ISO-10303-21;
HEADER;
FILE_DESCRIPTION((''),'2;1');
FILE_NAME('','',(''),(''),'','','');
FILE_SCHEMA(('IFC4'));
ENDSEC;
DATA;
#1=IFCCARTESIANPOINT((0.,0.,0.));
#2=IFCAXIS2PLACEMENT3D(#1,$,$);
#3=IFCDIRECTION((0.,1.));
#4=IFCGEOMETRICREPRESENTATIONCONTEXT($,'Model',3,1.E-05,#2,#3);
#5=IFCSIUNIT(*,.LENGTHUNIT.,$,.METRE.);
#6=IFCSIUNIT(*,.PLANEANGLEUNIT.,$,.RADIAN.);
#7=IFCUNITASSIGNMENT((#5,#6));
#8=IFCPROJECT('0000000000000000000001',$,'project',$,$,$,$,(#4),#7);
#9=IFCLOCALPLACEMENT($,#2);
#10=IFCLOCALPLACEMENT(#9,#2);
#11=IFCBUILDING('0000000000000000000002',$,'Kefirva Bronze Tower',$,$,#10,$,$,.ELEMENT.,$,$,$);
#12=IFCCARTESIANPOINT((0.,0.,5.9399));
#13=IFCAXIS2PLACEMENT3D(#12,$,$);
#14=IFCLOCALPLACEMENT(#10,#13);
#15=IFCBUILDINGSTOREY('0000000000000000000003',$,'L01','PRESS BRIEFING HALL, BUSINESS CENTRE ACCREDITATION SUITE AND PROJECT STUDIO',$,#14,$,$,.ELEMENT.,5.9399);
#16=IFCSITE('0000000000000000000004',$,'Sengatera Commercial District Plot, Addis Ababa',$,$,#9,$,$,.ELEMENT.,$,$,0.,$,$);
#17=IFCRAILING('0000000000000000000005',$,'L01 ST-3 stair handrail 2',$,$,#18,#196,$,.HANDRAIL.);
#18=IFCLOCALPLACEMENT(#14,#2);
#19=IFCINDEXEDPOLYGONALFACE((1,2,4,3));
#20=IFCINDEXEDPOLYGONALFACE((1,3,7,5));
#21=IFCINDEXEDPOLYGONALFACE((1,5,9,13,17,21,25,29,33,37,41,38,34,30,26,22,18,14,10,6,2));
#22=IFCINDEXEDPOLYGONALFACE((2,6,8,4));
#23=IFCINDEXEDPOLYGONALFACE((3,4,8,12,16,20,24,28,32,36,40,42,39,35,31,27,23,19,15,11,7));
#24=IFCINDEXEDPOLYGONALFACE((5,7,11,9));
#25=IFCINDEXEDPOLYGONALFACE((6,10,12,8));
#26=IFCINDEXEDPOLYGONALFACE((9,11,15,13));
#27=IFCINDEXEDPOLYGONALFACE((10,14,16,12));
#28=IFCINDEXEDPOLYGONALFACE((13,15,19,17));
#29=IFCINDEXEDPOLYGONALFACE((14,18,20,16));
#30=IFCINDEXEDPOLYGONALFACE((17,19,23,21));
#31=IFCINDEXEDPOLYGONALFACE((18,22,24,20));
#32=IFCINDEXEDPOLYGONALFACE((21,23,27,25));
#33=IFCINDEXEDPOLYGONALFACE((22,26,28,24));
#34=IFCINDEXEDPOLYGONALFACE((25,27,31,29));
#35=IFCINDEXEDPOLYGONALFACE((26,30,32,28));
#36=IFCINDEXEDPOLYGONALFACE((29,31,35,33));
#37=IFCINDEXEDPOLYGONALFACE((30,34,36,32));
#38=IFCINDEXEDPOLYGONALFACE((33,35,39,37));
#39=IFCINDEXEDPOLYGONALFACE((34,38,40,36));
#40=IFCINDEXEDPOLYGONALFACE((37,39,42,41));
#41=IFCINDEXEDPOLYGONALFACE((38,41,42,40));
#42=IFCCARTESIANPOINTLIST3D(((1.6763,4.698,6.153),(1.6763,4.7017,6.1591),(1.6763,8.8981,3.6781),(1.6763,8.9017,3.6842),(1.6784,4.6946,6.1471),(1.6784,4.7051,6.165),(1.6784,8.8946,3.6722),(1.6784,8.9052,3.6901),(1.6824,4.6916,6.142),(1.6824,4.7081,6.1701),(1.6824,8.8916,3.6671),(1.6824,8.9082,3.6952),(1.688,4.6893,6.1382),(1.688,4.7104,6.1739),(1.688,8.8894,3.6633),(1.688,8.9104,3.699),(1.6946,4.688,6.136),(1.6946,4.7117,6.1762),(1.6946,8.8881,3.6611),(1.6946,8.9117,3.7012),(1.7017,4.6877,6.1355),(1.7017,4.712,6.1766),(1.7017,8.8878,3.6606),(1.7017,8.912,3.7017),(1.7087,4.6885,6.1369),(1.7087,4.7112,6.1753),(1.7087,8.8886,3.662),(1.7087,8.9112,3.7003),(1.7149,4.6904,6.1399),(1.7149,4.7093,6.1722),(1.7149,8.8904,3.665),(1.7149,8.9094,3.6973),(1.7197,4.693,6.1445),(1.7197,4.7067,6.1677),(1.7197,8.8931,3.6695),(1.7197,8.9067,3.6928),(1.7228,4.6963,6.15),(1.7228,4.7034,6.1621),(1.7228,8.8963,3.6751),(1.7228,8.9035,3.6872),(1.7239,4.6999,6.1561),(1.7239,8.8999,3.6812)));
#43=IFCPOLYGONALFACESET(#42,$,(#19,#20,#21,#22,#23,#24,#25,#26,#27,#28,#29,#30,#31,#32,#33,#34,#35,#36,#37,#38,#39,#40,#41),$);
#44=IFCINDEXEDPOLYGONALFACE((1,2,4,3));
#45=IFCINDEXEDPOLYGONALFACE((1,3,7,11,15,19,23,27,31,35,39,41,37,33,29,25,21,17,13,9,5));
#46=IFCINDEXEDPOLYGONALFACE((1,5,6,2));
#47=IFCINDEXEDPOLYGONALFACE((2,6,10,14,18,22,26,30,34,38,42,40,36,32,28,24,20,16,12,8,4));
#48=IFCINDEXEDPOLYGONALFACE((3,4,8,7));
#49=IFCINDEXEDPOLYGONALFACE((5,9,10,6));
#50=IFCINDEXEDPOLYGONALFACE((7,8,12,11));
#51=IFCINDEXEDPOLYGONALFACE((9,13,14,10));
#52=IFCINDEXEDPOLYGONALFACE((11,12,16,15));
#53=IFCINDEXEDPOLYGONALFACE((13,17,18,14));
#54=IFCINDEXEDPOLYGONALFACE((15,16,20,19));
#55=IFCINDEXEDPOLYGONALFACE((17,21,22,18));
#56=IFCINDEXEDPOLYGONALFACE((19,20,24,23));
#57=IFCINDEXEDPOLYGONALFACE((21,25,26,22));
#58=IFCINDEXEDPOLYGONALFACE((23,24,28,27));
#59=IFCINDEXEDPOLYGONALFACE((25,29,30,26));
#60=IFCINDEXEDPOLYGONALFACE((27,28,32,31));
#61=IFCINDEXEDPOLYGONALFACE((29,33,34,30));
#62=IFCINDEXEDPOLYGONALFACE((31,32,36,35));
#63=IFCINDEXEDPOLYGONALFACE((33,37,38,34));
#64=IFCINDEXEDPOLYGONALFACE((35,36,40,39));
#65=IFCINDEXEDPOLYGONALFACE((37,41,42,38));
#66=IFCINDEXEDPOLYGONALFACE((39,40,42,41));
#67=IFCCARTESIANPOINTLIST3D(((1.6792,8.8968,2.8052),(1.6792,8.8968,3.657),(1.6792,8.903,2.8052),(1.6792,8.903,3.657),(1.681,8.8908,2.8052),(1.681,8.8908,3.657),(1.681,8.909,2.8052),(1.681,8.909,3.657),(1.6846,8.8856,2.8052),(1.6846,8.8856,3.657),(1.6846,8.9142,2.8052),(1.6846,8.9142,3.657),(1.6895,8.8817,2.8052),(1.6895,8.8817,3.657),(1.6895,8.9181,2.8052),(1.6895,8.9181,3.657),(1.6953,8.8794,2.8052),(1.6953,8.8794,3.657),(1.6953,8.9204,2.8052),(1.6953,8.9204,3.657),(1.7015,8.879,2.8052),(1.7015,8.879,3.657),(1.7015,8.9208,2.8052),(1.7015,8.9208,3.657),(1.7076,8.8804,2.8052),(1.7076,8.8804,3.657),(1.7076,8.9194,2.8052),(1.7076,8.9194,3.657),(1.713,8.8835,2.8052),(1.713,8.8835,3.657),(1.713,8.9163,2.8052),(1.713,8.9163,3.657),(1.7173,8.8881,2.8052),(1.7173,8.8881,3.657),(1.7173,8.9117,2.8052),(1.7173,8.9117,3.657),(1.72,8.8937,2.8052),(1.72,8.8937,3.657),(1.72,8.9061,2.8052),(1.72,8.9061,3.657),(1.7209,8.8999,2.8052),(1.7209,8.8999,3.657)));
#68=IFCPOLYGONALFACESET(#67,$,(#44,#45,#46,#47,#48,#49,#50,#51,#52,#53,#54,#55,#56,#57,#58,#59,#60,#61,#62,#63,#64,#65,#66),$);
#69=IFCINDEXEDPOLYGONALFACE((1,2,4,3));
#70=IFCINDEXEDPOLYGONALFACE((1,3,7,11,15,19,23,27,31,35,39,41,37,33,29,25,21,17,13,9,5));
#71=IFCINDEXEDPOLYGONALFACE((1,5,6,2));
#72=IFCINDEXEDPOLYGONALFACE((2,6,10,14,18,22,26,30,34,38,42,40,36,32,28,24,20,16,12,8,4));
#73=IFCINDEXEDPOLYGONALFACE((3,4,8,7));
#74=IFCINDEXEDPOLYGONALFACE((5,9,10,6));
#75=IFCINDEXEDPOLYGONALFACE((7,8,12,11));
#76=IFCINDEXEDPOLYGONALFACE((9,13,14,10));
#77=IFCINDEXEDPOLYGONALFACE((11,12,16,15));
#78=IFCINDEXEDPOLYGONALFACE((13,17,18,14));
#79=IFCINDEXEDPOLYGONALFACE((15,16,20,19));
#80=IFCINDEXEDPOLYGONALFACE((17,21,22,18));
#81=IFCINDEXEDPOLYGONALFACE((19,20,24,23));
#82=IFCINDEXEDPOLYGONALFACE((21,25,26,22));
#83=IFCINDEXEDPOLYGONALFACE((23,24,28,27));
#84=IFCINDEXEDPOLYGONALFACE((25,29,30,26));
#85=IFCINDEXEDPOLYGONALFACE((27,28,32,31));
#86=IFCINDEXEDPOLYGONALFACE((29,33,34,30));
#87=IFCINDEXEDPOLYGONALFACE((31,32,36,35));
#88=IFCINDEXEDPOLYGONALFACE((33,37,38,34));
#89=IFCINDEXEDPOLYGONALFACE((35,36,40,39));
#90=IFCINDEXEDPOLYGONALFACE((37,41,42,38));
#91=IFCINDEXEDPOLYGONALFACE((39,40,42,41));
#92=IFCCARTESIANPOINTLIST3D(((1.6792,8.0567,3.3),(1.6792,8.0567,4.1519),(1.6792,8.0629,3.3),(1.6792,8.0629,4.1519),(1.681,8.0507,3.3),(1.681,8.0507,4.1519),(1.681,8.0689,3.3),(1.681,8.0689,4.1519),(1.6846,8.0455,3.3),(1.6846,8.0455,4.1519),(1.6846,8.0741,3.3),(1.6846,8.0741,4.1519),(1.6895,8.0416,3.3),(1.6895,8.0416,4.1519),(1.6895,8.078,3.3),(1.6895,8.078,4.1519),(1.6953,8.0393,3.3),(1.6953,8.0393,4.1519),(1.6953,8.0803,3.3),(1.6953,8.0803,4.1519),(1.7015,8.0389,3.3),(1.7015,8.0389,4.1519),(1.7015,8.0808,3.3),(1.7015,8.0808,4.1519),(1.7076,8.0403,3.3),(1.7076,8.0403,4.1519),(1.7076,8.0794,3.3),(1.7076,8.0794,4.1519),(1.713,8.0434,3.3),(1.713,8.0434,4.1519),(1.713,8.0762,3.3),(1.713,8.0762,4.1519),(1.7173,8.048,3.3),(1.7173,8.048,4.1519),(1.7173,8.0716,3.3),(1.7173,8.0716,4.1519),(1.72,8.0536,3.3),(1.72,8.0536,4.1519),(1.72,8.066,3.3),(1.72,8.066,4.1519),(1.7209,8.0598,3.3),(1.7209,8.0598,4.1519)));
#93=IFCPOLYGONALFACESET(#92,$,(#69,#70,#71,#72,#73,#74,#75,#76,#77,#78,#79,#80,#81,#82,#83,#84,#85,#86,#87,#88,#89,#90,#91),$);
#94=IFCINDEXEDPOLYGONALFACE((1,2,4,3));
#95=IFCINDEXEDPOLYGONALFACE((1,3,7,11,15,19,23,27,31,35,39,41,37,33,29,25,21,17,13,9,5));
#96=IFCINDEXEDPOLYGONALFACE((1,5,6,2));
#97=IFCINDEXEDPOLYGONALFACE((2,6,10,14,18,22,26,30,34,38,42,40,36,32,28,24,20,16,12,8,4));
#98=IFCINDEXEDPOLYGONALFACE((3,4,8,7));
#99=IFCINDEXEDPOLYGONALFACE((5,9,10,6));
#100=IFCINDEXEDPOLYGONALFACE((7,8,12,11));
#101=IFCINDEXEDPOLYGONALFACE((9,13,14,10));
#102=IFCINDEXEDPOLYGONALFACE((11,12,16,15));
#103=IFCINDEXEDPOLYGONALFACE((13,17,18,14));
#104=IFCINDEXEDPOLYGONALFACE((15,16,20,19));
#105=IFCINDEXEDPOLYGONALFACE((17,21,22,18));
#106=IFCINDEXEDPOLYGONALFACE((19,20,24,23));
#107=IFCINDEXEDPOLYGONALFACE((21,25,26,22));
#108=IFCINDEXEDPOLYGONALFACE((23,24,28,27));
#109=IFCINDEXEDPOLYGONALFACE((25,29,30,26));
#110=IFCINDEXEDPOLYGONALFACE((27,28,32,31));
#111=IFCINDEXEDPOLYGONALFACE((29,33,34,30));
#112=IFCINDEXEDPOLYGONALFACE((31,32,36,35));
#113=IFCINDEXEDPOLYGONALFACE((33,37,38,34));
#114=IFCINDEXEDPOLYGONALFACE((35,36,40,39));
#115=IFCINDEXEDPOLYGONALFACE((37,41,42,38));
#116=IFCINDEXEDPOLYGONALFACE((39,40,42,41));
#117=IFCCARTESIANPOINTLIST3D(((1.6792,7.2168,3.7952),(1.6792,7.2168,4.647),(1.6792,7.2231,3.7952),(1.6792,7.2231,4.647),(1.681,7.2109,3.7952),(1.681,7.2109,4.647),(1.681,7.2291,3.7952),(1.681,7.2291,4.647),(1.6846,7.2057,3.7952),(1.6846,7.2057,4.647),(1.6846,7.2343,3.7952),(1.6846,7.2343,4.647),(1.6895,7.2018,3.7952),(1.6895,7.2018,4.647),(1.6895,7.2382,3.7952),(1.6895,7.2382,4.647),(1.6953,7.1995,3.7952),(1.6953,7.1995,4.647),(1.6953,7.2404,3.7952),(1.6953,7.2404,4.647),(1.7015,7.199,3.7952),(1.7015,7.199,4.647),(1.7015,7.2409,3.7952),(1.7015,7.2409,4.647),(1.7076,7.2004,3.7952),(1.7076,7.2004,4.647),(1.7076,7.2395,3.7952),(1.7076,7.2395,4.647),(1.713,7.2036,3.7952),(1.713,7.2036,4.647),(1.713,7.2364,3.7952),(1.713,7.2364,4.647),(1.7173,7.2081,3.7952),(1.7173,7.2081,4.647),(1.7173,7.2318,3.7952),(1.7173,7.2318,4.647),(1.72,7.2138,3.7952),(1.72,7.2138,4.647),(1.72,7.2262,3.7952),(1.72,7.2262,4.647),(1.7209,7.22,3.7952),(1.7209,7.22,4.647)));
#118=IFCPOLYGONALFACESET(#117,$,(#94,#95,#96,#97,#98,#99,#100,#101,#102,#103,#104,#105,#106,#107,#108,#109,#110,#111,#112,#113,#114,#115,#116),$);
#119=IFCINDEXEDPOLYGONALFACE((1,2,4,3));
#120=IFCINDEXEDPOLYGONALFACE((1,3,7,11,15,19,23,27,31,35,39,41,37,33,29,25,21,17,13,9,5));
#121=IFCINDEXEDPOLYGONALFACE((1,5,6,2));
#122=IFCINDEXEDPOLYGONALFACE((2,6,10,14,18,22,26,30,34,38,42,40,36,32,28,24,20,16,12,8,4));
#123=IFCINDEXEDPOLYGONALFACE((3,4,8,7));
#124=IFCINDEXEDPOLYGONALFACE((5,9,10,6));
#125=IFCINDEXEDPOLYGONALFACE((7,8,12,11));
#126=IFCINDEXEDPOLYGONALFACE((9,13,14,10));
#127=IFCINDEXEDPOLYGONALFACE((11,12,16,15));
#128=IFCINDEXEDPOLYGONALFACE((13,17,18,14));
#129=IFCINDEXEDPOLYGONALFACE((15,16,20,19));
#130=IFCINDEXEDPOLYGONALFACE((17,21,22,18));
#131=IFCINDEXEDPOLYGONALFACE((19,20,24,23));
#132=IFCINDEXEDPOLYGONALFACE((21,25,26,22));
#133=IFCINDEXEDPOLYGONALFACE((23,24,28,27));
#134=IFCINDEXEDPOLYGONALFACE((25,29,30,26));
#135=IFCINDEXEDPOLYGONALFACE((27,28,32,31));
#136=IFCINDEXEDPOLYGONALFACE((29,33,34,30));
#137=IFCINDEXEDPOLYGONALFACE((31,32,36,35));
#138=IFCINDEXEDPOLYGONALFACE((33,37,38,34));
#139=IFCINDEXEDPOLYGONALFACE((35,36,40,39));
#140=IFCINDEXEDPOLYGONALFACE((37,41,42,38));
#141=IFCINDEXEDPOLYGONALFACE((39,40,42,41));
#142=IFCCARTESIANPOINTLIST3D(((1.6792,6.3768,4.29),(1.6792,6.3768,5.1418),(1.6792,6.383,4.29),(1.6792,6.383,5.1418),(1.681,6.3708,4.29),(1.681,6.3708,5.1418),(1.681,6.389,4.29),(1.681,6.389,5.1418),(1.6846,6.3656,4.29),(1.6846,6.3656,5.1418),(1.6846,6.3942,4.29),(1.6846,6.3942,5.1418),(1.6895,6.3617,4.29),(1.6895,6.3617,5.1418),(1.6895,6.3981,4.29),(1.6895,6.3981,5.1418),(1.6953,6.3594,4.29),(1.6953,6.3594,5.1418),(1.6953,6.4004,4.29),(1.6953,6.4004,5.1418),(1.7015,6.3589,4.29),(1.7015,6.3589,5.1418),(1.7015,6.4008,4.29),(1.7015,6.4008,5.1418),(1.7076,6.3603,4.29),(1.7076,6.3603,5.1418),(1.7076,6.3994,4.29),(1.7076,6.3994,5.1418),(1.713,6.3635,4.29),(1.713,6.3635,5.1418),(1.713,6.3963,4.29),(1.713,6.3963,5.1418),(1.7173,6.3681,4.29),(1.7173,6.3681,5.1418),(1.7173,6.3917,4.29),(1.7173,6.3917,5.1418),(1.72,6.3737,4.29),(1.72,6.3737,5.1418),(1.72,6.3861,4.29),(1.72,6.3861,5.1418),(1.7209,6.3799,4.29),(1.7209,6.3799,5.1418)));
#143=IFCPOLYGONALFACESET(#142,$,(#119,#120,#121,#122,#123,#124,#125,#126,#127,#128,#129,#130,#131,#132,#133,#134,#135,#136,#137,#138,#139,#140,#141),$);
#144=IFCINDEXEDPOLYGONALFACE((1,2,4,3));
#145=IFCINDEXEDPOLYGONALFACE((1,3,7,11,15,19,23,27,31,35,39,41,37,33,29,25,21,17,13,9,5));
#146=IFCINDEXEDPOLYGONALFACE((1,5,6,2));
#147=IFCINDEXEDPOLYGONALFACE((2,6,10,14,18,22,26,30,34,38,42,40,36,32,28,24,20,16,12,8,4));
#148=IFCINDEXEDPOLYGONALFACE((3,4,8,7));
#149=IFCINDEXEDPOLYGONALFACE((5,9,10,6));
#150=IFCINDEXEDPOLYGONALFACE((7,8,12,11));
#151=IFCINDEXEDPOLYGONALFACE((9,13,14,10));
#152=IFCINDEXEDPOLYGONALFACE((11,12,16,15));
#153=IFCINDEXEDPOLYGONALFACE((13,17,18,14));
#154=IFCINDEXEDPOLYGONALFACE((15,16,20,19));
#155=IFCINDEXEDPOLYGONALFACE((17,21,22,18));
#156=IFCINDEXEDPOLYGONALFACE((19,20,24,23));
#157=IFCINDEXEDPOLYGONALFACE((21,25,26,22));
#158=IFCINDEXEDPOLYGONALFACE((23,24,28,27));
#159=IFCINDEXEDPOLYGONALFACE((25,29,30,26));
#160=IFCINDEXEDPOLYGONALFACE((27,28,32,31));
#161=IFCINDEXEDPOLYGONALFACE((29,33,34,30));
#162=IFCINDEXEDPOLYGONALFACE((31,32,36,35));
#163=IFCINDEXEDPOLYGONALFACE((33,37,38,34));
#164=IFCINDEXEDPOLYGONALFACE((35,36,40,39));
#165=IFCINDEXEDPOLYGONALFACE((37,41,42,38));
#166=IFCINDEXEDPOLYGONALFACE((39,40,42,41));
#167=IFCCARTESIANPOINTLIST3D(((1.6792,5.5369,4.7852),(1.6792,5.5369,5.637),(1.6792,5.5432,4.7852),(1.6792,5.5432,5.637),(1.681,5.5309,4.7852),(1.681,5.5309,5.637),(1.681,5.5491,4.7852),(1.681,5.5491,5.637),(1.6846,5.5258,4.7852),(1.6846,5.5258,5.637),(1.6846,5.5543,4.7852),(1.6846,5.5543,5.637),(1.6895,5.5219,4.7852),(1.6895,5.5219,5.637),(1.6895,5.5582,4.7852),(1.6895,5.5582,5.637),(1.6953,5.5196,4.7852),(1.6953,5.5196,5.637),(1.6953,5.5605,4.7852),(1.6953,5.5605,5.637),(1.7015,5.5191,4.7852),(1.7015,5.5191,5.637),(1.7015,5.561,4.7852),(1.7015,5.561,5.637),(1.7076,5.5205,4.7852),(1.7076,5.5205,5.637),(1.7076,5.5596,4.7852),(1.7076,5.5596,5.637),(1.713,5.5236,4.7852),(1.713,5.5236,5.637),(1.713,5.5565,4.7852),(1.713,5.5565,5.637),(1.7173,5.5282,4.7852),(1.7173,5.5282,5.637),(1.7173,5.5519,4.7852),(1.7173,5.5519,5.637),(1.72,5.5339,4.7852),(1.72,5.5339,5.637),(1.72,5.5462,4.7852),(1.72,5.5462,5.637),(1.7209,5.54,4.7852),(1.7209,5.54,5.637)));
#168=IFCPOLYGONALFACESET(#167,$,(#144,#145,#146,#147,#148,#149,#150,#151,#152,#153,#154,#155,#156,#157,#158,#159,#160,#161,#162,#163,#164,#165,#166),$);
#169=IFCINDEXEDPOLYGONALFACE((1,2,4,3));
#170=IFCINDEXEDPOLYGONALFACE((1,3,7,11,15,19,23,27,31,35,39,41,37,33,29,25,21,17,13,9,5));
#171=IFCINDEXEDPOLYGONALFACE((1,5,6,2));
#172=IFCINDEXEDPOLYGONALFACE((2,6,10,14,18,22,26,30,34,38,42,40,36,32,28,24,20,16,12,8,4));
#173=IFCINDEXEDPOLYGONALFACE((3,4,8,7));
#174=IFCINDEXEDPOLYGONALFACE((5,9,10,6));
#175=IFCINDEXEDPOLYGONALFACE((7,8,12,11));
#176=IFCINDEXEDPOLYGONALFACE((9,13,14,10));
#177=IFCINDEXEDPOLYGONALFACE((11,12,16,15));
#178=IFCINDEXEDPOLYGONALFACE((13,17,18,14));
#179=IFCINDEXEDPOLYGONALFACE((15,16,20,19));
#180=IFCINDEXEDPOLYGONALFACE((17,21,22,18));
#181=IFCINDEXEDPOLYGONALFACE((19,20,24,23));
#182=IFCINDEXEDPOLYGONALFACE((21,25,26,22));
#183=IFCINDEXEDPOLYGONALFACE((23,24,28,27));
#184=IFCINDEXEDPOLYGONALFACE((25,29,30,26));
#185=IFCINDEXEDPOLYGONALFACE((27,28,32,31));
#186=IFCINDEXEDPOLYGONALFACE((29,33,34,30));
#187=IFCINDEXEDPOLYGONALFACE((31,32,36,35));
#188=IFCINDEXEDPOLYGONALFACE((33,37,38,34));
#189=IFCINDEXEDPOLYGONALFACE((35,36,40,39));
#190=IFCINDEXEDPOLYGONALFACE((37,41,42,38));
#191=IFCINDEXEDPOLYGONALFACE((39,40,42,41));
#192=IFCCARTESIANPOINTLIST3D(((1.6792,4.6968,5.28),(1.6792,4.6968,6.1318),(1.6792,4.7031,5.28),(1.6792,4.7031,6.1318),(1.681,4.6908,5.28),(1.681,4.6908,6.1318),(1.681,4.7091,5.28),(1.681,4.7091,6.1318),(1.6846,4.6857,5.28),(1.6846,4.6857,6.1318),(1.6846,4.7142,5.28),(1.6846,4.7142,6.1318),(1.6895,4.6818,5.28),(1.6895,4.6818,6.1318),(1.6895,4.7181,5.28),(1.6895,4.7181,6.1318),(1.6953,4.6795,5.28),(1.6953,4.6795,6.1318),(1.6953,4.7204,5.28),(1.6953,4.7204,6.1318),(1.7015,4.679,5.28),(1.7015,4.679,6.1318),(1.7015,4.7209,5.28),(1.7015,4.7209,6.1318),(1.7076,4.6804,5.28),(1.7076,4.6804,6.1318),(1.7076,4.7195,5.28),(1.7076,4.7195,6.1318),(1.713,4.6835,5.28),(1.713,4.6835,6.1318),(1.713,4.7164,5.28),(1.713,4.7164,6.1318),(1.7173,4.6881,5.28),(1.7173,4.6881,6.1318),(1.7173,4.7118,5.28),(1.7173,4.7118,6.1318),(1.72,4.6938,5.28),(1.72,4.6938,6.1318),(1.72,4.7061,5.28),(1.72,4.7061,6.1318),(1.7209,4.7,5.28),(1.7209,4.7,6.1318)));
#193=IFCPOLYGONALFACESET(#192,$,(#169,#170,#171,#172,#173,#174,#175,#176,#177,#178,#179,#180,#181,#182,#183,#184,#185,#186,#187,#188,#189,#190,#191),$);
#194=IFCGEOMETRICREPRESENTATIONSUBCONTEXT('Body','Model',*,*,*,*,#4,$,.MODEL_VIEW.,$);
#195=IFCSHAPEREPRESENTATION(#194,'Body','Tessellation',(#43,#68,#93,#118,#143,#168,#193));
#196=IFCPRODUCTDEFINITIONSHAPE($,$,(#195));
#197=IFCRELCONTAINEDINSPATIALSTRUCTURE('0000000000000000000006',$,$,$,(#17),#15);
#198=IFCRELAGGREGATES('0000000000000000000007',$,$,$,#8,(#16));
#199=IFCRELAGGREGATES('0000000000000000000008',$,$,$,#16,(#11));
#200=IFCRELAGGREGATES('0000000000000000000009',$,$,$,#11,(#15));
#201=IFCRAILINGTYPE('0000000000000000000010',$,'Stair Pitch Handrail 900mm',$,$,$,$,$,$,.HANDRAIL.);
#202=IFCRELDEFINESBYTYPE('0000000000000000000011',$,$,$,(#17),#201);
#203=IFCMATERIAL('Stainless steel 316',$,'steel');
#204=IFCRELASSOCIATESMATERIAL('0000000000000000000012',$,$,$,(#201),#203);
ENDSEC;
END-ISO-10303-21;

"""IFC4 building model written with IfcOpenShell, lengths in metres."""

from ifc_helpers import new_model, si_unit, direction, frame, origin, origin_2d, place, context, subcontext, project, spatial, circle, extrude, material, type_object, element, save


model = new_model("IFC4")

# Units and contexts
model_context = context("Model", 3, precision=1e-05, world=origin(), true_north=direction((0.0, 1.0)))
body_context = subcontext(model_context, "Body", "Model", "MODEL_VIEW")
ifc_project = project(units=[si_unit("LENGTHUNIT", "METRE"), si_unit("PLANEANGLEUNIT", "RADIAN")], contexts=[model_context])

# Site, building, storey
site_placement = place(None, origin())
site = spatial("IfcSite", under=ifc_project, at=site_placement, Name="Sengatera Commercial District Plot, Addis Ababa", CompositionType="ELEMENT", RefElevation=0.0)
building_placement = place(site_placement, origin())
building = spatial("IfcBuilding", under=site, at=building_placement, Name="Kefirva Bronze Tower", CompositionType="ELEMENT")
storey_placement = place(building_placement, frame((0.0, 0.0, 5.9399)))
storey = spatial("IfcBuildingStorey", under=building, at=storey_placement, Name="L01", Description="PRESS BRIEFING HALL, BUSINESS CENTRE ACCREDITATION SUITE AND PROJECT STUDIO", CompositionType="ELEMENT", Elevation=5.9399)

# Railing
ifc_material_1 = material(Name="Stainless steel 316", Category="steel")
railing_type_1 = type_object("IfcRailingType", Name="Stair Pitch Handrail 900mm", PredefinedType="HANDRAIL", material=ifc_material_1)
railing_1_placement = place(storey_placement, frame((1.7, 8.8999, 2.8052)))
element("IfcRailing", 1, at=railing_1_placement, inside=storey, type_object=railing_type_1, Name="L01 ST-3 stair handrail 2", PredefinedType="HANDRAIL", context=body_context, shape_type="SweptSolid", body=[
    extrude(circle(Radius=0.0239, at=origin_2d()), frame((0.0, 0.0, 0.876), z_axis=(0.0, -0.861549, 0.507674), x_axis=(1.0, 0.0, 0.0)), (0.0, 0.0, 1.0), 4.875),
    extrude(circle(Radius=0.021, at=origin_2d()), origin(), (0.0, 0.0, 1.0), 0.8518),
    extrude(circle(Radius=0.021, at=origin_2d()), frame((0.0, -0.8401, 0.4949)), (0.0, 0.0, 1.0), 0.8518),
    extrude(circle(Radius=0.021, at=origin_2d()), frame((0.0, -1.6799, 0.99)), (0.0, 0.0, 1.0), 0.8518),
    extrude(circle(Radius=0.021, at=origin_2d()), frame((0.0, -2.52, 1.4849)), (0.0, 0.0, 1.0), 0.8518),
    extrude(circle(Radius=0.021, at=origin_2d()), frame((0.0, -3.3599, 1.98)), (0.0, 0.0, 1.0), 0.8518),
    extrude(circle(Radius=0.021, at=origin_2d()), frame((0.0, -4.2, 2.4749)), (0.0, 0.0, 1.0), 0.8518),
])

save(model, "model.ifc")
